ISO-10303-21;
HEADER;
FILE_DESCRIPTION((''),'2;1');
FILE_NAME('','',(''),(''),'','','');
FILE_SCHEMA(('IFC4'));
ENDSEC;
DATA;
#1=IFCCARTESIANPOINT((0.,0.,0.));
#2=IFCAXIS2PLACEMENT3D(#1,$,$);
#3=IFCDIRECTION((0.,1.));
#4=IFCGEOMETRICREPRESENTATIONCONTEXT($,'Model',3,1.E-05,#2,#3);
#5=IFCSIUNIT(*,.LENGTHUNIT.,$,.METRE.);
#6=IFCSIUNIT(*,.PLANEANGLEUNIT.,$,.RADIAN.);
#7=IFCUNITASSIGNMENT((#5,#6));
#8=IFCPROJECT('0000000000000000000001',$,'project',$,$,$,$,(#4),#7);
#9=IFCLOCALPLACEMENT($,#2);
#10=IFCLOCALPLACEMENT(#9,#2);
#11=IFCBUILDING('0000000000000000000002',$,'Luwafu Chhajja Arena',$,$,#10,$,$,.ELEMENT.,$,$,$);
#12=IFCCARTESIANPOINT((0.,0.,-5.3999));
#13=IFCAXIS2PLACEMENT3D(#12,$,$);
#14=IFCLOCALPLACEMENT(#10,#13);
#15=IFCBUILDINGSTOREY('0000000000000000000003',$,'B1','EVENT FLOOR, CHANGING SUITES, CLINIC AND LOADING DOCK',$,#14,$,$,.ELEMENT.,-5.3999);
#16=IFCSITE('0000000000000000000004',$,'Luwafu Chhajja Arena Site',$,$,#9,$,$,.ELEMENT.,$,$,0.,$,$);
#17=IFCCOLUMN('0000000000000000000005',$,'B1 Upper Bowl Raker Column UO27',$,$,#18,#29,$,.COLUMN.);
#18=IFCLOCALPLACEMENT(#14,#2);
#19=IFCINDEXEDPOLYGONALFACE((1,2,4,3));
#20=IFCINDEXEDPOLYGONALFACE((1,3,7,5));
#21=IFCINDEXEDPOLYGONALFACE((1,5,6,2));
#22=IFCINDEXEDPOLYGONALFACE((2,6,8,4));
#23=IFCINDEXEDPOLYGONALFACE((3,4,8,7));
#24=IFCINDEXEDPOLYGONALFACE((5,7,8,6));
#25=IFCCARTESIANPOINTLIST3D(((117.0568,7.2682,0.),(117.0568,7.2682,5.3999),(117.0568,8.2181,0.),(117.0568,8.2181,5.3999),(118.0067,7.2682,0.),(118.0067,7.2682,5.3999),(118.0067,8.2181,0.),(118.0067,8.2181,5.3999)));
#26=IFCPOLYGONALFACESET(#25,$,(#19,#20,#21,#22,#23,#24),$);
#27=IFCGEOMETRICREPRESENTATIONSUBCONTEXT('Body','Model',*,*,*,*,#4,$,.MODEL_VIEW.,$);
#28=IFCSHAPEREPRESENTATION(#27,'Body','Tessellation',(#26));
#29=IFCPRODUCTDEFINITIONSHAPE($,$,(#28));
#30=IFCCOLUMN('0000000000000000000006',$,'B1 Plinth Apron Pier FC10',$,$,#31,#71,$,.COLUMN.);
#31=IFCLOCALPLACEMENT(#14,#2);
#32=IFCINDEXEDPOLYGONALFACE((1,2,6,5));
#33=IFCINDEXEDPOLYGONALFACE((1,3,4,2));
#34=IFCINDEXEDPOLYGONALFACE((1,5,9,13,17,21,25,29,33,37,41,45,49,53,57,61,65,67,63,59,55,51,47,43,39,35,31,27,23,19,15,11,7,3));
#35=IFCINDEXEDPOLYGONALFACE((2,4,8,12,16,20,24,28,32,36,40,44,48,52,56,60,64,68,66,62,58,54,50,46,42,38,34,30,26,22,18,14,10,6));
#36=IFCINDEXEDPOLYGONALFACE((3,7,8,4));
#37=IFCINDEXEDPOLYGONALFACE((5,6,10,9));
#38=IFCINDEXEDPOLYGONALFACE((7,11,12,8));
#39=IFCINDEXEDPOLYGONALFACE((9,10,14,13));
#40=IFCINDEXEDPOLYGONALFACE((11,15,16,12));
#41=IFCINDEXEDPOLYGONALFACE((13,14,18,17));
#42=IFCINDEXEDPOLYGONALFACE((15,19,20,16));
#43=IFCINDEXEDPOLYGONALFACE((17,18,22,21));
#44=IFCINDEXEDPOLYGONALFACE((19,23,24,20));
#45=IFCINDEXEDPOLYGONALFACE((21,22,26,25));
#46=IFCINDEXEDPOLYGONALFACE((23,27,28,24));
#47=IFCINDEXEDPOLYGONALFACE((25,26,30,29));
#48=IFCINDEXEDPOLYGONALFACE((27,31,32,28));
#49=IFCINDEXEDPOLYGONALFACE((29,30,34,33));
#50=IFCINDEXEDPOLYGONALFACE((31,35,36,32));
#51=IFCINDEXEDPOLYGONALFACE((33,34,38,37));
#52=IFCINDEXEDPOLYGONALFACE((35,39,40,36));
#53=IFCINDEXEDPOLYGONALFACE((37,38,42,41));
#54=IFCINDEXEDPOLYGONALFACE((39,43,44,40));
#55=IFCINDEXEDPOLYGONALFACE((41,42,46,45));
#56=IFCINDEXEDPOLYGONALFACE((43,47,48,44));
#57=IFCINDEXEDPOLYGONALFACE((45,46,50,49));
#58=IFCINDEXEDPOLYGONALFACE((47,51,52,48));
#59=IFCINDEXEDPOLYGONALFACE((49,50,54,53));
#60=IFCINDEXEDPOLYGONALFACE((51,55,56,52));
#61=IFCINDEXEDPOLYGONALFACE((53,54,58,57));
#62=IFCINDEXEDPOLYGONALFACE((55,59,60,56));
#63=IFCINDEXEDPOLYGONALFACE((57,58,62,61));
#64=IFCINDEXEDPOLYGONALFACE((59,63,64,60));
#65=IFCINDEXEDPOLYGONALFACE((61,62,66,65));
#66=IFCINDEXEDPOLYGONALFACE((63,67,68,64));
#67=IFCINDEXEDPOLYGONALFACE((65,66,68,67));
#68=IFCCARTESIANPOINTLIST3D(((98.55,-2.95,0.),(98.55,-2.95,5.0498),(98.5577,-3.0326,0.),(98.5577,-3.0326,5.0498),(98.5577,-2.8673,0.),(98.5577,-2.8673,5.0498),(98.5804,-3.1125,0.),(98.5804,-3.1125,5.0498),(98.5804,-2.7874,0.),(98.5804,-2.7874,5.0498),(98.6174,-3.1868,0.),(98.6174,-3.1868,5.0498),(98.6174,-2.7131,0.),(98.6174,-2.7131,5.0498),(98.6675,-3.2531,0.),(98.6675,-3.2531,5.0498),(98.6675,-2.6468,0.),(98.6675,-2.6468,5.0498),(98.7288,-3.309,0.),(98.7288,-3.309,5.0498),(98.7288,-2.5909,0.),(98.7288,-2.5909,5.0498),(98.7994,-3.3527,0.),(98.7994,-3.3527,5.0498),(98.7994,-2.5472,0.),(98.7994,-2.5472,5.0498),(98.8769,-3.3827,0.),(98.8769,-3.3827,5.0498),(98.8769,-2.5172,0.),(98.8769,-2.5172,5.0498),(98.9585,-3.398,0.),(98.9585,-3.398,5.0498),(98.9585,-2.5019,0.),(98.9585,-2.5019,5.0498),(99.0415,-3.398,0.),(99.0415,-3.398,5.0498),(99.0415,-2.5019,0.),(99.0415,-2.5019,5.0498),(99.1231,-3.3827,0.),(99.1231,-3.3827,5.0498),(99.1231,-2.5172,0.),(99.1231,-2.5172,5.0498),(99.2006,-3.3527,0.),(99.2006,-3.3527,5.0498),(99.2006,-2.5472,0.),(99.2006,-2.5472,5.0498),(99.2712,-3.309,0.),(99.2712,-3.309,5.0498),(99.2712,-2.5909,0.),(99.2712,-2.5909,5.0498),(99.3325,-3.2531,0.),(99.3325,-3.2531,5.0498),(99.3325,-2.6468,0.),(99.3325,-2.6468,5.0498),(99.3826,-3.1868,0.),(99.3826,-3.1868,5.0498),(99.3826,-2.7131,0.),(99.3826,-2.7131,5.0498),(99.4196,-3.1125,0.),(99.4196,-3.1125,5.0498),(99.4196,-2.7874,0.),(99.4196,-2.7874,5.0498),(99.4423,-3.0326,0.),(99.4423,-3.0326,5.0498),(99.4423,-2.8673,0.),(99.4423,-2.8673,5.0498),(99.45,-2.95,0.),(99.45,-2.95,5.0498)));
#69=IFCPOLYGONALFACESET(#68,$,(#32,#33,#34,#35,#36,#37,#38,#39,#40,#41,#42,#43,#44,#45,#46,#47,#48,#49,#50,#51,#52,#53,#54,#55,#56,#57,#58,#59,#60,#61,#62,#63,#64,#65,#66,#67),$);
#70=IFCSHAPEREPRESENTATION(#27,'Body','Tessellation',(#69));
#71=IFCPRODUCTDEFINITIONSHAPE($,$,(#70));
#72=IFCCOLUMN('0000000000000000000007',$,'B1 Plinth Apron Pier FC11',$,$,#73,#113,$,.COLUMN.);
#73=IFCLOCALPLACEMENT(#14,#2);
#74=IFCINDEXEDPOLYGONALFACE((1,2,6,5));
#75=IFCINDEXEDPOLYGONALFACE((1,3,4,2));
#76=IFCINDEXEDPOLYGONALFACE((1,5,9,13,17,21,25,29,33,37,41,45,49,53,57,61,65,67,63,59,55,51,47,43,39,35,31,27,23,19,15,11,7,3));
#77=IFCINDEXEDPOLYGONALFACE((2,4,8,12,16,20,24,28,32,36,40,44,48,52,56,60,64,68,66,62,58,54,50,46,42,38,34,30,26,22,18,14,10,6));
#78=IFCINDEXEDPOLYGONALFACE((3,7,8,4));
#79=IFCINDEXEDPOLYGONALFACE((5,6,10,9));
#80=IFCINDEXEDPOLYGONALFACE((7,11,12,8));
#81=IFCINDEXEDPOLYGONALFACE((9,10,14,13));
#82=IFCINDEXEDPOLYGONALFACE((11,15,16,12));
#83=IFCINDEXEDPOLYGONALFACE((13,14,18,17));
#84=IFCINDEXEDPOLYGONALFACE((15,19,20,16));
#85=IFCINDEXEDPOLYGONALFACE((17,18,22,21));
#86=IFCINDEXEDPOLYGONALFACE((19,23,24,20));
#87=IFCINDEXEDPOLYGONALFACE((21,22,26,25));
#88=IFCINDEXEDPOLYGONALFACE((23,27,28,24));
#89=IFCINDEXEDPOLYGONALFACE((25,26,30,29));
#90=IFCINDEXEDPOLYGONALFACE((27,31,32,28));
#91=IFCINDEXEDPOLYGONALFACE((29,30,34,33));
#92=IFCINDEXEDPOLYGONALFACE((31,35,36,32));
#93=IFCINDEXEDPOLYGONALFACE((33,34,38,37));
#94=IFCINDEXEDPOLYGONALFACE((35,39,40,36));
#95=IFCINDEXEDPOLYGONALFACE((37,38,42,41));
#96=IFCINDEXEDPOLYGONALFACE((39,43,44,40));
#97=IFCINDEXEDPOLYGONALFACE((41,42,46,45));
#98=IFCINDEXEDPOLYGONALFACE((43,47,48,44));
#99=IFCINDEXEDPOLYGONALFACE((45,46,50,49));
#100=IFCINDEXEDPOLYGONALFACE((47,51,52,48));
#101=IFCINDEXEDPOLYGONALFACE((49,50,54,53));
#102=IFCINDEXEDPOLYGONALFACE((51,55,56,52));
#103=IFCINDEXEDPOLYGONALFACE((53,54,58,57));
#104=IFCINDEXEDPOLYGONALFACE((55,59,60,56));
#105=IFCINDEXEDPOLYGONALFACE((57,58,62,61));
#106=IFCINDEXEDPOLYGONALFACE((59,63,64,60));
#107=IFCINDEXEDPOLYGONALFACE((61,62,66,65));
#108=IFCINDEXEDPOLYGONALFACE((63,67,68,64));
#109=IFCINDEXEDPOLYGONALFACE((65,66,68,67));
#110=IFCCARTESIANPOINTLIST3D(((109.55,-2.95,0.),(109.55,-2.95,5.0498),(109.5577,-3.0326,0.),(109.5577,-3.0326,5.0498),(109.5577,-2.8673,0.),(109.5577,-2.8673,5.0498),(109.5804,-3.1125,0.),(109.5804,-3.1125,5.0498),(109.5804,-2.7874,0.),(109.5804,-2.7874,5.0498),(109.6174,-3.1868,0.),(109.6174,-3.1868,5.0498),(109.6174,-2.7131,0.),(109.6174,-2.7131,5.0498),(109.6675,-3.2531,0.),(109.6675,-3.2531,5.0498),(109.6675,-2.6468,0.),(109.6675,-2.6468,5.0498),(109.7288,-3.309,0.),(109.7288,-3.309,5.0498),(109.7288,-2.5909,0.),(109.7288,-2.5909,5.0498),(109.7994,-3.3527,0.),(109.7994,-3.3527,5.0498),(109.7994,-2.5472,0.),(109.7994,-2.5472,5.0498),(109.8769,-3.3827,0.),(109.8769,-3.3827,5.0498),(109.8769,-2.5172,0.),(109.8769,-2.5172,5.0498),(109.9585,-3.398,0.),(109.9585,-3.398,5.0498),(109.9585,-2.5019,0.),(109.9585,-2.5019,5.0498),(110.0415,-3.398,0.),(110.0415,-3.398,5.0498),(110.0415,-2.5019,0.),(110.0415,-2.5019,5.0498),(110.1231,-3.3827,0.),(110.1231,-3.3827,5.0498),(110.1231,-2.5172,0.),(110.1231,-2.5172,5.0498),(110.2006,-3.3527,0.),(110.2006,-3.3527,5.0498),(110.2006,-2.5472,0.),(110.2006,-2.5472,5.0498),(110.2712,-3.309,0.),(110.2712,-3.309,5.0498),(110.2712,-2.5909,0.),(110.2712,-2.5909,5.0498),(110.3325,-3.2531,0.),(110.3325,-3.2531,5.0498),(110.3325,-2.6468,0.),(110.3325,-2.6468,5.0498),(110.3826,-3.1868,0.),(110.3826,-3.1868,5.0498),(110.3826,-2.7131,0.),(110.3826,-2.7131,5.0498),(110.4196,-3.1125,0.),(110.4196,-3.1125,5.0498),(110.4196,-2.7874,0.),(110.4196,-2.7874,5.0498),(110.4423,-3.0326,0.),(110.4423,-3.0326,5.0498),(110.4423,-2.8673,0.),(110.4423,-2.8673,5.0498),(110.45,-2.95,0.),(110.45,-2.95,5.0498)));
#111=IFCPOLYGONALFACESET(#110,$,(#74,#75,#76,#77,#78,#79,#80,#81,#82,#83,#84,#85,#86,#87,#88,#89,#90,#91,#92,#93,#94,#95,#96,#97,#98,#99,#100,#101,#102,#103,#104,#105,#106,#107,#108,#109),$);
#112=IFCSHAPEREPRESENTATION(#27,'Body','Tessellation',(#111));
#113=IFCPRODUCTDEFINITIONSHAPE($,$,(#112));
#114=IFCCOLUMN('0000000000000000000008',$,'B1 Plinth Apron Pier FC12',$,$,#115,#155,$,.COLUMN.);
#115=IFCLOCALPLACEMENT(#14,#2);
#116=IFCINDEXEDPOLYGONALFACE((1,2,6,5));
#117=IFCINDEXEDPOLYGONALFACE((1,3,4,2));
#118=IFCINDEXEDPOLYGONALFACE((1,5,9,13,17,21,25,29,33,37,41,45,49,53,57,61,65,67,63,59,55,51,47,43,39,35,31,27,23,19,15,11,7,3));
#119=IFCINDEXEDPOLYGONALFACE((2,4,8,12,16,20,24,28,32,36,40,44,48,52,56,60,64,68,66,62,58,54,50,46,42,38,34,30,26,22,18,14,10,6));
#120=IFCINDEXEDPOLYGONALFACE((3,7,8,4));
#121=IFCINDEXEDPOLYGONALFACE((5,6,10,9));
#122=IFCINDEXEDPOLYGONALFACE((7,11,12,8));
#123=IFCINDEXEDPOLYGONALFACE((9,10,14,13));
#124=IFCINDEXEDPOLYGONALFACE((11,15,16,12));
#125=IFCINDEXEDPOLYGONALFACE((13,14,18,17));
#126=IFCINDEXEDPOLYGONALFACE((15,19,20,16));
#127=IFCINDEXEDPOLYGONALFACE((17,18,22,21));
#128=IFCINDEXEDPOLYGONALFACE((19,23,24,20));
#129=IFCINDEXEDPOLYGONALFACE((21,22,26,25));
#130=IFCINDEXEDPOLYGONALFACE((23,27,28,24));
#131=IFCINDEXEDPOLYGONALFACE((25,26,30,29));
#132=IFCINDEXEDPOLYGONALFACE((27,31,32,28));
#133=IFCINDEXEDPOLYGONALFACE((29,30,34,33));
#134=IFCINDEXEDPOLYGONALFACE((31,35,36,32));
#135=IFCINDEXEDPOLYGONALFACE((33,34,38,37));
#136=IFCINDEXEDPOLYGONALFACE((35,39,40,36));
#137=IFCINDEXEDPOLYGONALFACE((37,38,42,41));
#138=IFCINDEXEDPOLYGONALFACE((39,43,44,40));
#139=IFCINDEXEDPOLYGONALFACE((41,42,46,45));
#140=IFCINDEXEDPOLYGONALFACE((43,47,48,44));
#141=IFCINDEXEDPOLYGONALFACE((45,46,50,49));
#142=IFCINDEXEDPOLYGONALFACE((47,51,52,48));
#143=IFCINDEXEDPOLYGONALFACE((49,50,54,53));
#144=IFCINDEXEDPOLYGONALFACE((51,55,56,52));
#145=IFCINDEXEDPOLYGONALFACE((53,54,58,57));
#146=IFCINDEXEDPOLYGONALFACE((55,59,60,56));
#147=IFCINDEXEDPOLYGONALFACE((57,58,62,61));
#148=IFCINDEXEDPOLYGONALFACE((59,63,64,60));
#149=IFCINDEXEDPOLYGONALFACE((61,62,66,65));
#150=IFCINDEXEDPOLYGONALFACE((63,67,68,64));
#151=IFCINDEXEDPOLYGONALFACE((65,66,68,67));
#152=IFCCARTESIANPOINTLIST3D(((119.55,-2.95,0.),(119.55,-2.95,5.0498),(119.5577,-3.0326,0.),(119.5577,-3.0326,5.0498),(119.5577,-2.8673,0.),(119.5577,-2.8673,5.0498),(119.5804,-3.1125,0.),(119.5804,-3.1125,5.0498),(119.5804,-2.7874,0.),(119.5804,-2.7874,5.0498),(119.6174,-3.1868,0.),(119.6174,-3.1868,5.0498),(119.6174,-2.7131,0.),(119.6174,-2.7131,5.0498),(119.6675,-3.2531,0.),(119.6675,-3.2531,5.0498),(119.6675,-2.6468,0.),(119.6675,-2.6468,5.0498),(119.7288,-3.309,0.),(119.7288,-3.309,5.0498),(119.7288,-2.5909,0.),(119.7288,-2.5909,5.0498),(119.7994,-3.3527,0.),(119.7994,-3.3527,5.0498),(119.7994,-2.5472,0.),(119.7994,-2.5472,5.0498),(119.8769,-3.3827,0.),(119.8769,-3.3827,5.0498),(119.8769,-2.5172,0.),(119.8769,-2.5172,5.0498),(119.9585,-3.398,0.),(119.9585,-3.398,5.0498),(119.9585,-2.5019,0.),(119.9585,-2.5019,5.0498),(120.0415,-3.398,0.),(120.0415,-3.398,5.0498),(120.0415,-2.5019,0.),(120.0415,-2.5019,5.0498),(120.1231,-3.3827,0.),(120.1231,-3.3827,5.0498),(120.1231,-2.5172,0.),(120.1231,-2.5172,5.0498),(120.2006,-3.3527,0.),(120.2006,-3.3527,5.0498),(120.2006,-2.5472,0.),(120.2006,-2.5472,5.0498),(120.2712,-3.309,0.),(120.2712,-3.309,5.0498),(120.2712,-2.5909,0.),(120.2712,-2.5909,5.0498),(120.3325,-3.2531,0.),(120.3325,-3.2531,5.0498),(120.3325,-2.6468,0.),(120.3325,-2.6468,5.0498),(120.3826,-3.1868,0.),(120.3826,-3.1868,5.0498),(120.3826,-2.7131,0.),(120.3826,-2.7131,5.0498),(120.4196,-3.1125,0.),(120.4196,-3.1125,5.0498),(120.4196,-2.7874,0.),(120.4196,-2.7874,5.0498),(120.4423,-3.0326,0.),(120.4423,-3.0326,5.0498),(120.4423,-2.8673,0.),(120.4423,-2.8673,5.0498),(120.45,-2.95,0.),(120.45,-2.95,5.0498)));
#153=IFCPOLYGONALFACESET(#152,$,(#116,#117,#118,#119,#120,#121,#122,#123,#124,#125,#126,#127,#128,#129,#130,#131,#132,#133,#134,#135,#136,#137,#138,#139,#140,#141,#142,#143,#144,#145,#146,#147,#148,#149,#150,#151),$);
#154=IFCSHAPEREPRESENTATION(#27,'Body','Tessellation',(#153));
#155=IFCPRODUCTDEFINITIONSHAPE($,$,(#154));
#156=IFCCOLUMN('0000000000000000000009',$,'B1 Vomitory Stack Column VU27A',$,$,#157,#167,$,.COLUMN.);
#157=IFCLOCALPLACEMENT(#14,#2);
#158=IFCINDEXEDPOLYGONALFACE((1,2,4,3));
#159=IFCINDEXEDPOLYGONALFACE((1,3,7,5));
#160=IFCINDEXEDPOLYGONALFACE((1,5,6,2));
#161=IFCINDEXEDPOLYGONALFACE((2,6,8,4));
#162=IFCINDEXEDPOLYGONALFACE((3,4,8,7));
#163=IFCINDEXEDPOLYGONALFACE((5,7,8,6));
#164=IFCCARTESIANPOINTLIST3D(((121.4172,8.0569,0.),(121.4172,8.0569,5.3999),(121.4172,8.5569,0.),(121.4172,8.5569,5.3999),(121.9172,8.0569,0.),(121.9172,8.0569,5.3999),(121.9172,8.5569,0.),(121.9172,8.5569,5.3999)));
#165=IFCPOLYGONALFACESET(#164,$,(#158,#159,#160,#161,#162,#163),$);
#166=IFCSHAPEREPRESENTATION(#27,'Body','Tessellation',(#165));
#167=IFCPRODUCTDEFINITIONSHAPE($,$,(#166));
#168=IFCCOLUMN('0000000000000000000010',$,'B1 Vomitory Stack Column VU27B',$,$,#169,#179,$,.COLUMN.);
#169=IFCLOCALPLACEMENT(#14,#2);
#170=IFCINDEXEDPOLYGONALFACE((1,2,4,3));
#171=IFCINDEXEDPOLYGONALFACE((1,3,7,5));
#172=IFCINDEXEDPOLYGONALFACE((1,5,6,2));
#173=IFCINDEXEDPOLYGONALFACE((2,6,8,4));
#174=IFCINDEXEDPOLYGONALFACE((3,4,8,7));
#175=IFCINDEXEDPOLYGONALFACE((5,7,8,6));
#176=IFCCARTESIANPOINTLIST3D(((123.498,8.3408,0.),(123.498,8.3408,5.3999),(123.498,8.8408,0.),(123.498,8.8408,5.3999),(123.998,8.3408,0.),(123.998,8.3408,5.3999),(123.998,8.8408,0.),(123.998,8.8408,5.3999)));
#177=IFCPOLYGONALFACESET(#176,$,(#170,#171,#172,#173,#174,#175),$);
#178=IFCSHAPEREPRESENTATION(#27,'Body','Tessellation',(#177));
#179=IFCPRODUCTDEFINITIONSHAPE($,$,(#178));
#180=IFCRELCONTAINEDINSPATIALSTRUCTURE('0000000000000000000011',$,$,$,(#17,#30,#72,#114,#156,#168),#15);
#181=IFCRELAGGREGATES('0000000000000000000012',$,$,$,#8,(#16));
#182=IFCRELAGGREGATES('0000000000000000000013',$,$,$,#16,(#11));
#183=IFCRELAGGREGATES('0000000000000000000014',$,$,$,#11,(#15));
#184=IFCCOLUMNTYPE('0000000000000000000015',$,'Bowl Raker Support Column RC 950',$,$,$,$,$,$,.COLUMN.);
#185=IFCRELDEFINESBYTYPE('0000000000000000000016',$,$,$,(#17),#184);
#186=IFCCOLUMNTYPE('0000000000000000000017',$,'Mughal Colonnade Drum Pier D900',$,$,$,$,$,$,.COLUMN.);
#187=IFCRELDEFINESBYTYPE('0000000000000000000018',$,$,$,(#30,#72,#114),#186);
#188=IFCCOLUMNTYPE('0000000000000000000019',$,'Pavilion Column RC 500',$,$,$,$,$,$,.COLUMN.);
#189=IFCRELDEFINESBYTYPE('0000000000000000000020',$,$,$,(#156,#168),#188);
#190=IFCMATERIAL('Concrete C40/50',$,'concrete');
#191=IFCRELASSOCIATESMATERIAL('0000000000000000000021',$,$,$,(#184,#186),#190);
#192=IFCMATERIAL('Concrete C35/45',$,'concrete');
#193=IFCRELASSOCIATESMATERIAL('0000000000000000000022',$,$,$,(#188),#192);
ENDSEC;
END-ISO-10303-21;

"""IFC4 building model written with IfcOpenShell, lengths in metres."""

from ifc_helpers import new_model, si_unit, direction, frame, origin, origin_2d, place, context, subcontext, project, spatial, rectangle, circle, extrude, material, material_profile, profile_set, type_object, element, save


model = new_model("IFC4")

# Units and contexts
model_context = context("Model", 3, precision=1e-05, world=origin(), true_north=direction((0.0, 1.0)))
body_context = subcontext(model_context, "Body", "Model", "MODEL_VIEW")
ifc_project = project(units=[si_unit("LENGTHUNIT", "METRE"), si_unit("PLANEANGLEUNIT", "RADIAN")], contexts=[model_context])

# Site, building, storey
site_placement = place(None, origin())
site = spatial("IfcSite", under=ifc_project, at=site_placement, Name="Luwafu Chhajja Arena Site", CompositionType="ELEMENT", RefElevation=0.0)
building_placement = place(site_placement, origin())
building = spatial("IfcBuilding", under=site, at=building_placement, Name="Luwafu Chhajja Arena", CompositionType="ELEMENT")
storey_placement = place(building_placement, frame((0.0, 0.0, -5.3999)))
storey = spatial("IfcBuildingStorey", under=building, at=storey_placement, Name="B1", Description="EVENT FLOOR, CHANGING SUITES, CLINIC AND LOADING DOCK", CompositionType="ELEMENT", Elevation=-5.3999)

# Shared definitions
ifc_material_1 = material(Name="Concrete C35/45", Category="concrete")

# Columns
ifc_material_2 = material(Name="Concrete C40/50", Category="concrete")
ifc_material_profile_1 = material_profile(ifc_material_2, rectangle(XDim=0.95, YDim=0.95, at=origin_2d()), Name="RC 950x950")
ifc_profile_set_1 = profile_set([ifc_material_profile_1], Name="Concrete C40/50")
column_type_1 = type_object("IfcColumnType", Name="Bowl Raker Support Column RC 950", PredefinedType="COLUMN", material=ifc_profile_set_1)
for number, where, z_axis, x_axis, name in (
    (1, (117.5317, 7.7432, 0.0), (0.0, 0.0, 1.0), (1.0, 0.0, 0.0), "B1 Upper Bowl Raker Column UO27"),
):
    element("IfcColumn", number, at=place(storey_placement, frame(where, z_axis=z_axis, x_axis=x_axis)), inside=storey, type_object=column_type_1, Name=name, PredefinedType="COLUMN", context=body_context, shape_type="SweptSolid", body=[
        extrude(rectangle(XDim=0.95, YDim=0.95, at=origin_2d()), origin(), (0.0, 0.0, 1.0), 5.3999),
    ])
ifc_material_profile_2 = material_profile(ifc_material_2, circle(Radius=0.45, at=origin_2d()), Name="RC COL D900")
ifc_profile_set_2 = profile_set([ifc_material_profile_2], Name="Concrete C40/50")
column_type_2 = type_object("IfcColumnType", Name="Mughal Colonnade Drum Pier D900", PredefinedType="COLUMN", material=ifc_profile_set_2)
for number, where, z_axis, x_axis, name in (
    (2, (99.0, -2.95, 0.0), (0.0, 0.0, 1.0), (1.0, 0.0, 0.0), "B1 Plinth Apron Pier FC10"),
    (3, (110.0, -2.95, 0.0), (0.0, 0.0, 1.0), (1.0, 0.0, 0.0), "B1 Plinth Apron Pier FC11"),
    (4, (120.0, -2.95, 0.0), (0.0, 0.0, 1.0), (1.0, 0.0, 0.0), "B1 Plinth Apron Pier FC12"),
):
    element("IfcColumn", number, at=place(storey_placement, frame(where, z_axis=z_axis, x_axis=x_axis)), inside=storey, type_object=column_type_2, Name=name, PredefinedType="COLUMN", context=body_context, shape_type="SweptSolid", body=[
        extrude(circle(Radius=0.45, at=origin_2d()), origin(), (0.0, 0.0, 1.0), 5.0498),
    ])
ifc_material_profile_3 = material_profile(ifc_material_1, rectangle(XDim=0.5, YDim=0.5, at=origin_2d()), Name="RC 500x500")
ifc_profile_set_3 = profile_set([ifc_material_profile_3], Name="Concrete C35/45")
column_type_3 = type_object("IfcColumnType", Name="Pavilion Column RC 500", PredefinedType="COLUMN", material=ifc_profile_set_3)
for number, where, z_axis, x_axis, name in (
    (5, (121.6672, 8.3069, 0.0), (0.0, 0.0, 1.0), (1.0, 0.0, 0.0), "B1 Vomitory Stack Column VU27A"),
    (6, (123.748, 8.5908, 0.0), (0.0, 0.0, 1.0), (1.0, 0.0, 0.0), "B1 Vomitory Stack Column VU27B"),
):
    element("IfcColumn", number, at=place(storey_placement, frame(where, z_axis=z_axis, x_axis=x_axis)), inside=storey, type_object=column_type_3, Name=name, PredefinedType="COLUMN", context=body_context, shape_type="SweptSolid", body=[
        extrude(rectangle(XDim=0.5, YDim=0.5, at=origin_2d()), origin(), (0.0, 0.0, 1.0), 5.3999),
    ])

save(model, "model.ifc")
